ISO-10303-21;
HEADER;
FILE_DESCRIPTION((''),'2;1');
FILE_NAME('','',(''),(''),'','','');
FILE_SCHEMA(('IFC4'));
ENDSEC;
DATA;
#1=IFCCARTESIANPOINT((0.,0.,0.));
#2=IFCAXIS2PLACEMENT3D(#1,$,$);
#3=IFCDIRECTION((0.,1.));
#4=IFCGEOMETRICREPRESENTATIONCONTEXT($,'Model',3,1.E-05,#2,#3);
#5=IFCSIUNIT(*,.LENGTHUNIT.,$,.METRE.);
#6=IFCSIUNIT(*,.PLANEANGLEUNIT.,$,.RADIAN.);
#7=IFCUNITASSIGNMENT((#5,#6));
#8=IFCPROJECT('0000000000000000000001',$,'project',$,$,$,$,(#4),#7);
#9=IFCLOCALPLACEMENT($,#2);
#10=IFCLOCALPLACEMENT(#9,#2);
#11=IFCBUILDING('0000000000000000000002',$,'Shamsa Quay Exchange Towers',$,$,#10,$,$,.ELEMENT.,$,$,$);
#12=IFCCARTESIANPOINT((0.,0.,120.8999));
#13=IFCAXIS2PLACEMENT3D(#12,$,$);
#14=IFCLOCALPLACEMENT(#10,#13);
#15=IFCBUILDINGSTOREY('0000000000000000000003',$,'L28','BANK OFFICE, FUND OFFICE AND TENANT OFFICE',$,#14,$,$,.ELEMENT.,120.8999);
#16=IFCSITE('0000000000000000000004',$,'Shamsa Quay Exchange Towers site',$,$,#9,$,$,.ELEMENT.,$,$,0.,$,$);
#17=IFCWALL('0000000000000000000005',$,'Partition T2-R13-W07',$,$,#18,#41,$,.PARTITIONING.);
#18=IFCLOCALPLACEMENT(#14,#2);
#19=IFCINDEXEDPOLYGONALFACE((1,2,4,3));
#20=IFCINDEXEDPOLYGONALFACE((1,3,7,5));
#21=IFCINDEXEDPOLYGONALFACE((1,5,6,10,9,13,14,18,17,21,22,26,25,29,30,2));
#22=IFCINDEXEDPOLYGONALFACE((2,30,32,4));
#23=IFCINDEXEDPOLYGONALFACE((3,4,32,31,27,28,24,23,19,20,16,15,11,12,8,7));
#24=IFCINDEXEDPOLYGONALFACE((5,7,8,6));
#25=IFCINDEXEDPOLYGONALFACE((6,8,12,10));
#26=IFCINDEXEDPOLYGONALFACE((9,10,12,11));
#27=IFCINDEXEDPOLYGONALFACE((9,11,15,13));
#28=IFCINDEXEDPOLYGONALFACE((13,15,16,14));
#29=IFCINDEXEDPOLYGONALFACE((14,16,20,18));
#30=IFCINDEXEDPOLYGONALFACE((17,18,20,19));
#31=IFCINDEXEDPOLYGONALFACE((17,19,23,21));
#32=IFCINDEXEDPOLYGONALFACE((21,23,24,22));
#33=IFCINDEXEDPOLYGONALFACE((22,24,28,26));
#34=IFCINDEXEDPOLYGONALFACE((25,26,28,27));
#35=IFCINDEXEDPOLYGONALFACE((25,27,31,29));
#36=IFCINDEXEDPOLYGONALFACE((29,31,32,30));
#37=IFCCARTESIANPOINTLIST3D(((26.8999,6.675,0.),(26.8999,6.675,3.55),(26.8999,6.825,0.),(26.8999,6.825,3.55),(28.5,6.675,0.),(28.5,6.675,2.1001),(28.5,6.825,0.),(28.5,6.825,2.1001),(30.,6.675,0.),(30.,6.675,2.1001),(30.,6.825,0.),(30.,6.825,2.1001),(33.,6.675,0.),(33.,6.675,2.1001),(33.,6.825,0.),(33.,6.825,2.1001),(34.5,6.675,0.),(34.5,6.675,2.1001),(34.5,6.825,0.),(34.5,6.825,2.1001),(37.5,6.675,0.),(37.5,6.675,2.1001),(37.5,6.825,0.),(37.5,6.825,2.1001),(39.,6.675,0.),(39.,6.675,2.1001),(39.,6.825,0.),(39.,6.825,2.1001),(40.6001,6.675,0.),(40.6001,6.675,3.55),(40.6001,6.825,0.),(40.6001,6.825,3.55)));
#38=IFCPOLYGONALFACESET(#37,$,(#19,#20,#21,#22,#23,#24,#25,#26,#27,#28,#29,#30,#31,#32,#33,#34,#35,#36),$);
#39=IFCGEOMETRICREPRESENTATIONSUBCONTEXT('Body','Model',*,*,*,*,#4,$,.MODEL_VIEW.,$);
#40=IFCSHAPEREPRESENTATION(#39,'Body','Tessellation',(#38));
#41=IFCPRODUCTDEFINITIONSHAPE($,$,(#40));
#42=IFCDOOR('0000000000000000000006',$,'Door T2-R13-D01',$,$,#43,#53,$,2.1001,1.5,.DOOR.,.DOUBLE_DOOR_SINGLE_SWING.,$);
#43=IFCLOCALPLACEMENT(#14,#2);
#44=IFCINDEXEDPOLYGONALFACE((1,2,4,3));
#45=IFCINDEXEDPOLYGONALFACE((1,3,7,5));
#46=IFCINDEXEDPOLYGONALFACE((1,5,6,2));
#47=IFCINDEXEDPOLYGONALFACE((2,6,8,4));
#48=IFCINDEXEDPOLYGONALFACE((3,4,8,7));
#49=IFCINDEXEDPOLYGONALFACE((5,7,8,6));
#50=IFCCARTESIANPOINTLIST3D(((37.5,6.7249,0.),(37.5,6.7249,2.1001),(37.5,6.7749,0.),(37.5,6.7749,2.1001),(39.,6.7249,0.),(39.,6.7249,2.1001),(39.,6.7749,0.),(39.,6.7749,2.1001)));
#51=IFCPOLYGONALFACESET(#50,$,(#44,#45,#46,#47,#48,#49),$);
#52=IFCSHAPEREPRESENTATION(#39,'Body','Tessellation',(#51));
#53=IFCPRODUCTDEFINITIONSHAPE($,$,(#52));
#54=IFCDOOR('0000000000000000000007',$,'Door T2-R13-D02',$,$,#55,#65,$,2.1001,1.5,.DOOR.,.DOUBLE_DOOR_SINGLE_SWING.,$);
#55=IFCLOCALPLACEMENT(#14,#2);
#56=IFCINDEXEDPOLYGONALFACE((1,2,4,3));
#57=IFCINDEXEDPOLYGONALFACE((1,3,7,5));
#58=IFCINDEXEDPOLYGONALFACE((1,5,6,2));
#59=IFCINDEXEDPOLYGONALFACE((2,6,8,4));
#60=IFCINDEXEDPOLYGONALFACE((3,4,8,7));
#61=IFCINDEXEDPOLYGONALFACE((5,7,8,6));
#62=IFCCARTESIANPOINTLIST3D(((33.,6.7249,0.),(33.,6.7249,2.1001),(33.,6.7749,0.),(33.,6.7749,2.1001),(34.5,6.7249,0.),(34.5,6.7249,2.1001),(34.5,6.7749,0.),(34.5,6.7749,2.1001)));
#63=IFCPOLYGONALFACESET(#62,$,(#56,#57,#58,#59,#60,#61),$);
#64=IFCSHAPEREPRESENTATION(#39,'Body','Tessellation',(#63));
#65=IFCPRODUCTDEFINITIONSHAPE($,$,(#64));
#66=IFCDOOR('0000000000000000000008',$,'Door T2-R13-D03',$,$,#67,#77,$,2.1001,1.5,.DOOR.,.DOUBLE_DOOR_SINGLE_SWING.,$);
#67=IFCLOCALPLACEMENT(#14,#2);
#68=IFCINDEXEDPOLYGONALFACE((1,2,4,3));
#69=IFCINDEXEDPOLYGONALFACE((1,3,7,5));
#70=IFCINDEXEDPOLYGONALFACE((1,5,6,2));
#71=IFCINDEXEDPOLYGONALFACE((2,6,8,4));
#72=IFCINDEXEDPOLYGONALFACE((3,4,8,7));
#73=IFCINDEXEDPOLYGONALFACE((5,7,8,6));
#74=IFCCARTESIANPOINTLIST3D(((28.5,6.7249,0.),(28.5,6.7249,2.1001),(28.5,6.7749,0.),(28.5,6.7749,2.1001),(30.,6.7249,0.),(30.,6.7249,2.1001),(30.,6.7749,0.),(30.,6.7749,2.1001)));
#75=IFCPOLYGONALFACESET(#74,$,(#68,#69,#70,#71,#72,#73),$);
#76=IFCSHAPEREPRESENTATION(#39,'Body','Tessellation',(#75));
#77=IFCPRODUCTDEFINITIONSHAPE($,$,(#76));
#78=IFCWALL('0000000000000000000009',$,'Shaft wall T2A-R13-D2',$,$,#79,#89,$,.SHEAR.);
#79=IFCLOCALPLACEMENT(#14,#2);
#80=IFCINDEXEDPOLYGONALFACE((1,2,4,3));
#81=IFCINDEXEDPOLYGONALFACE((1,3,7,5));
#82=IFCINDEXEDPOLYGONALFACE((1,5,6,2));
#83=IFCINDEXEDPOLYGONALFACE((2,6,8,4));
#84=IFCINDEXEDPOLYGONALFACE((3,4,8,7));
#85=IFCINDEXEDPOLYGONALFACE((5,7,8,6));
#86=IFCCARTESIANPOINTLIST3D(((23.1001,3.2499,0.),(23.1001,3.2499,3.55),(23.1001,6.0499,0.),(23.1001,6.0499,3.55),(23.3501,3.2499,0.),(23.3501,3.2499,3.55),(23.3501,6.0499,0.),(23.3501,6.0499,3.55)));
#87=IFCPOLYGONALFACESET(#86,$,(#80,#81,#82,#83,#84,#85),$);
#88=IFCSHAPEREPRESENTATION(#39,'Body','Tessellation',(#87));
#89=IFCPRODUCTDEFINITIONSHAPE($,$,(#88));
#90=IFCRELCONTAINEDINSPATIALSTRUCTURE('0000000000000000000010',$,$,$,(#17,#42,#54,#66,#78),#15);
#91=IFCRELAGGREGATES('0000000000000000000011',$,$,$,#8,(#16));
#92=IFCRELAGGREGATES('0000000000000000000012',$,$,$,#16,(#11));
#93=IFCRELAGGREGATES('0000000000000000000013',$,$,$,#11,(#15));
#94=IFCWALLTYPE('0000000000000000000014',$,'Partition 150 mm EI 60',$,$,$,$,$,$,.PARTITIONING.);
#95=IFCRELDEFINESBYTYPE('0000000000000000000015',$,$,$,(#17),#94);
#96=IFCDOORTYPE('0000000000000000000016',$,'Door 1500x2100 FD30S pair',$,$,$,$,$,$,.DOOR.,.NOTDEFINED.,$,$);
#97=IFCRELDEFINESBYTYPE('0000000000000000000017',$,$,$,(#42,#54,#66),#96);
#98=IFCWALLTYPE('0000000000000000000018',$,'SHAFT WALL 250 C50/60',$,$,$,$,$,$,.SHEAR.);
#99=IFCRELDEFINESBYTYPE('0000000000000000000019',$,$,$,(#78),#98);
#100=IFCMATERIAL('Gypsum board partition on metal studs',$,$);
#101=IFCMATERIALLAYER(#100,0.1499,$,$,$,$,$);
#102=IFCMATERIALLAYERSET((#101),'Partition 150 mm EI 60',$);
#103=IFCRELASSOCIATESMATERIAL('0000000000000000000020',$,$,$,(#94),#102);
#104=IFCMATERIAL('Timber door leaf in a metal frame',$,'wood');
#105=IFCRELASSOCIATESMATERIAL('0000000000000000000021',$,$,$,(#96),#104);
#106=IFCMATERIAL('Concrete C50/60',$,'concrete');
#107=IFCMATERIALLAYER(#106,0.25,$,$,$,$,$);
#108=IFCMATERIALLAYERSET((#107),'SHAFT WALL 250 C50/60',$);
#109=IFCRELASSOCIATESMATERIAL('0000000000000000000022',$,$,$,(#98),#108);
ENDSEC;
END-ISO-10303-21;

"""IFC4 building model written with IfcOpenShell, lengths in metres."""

from ifc_helpers import new_model, si_unit, direction, frame, frame_2d, origin, place, context, subcontext, project, spatial, rectangle, extrude, material, layer, layer_set, type_object, element, fill, save


model = new_model("IFC4")

# Units and contexts
model_context = context("Model", 3, precision=1e-05, world=origin(), true_north=direction((0.0, 1.0)))
body_context = subcontext(model_context, "Body", "Model", "MODEL_VIEW")
ifc_project = project(units=[si_unit("LENGTHUNIT", "METRE"), si_unit("PLANEANGLEUNIT", "RADIAN")], contexts=[model_context])

# Site, building, storey
site_placement = place(None, origin())
site = spatial("IfcSite", under=ifc_project, at=site_placement, Name="Shamsa Quay Exchange Towers site", CompositionType="ELEMENT", RefElevation=0.0)
building_placement = place(site_placement, origin())
building = spatial("IfcBuilding", under=site, at=building_placement, Name="Shamsa Quay Exchange Towers", CompositionType="ELEMENT")
storey_placement = place(building_placement, frame((0.0, 0.0, 120.8999)))
storey = spatial("IfcBuildingStorey", under=building, at=storey_placement, Name="L28", Description="BANK OFFICE, FUND OFFICE AND TENANT OFFICE", CompositionType="ELEMENT", Elevation=120.8999)

# Wall, openings, doors
ifc_material_1 = material(Name="Gypsum board partition on metal studs")
ifc_layer_1 = layer(ifc_material_1, 0.1499)
ifc_layer_set_1 = layer_set([ifc_layer_1], Name="Partition 150 mm EI 60")
wall_type_1 = type_object("IfcWallType", Name="Partition 150 mm EI 60", PredefinedType="PARTITIONING", material=ifc_layer_set_1)
wall_1_placement = place(storey_placement, frame((26.8999, 6.75, 0.0)))
wall_1 = element("IfcWall", 1, at=wall_1_placement, inside=storey, type_object=wall_type_1, Name="Partition T2-R13-W07", PredefinedType="PARTITIONING", context=body_context, shape_type="SweptSolid", body=[
    extrude(rectangle(XDim=13.7002, YDim=0.1499, at=frame_2d((6.8501, 0.0))), origin(), (0.0, 0.0, 1.0), 3.55),
])
opening_1_placement = place(wall_1_placement, frame((10.6001, 0.0, 0.0)))
opening_1 = element("IfcOpeningElement", 2, at=opening_1_placement, cuts=wall_1, PredefinedType="OPENING", context=body_context, shape_type="SweptSolid", body=[
    extrude(rectangle(XDim=1.5, YDim=2.1001, at=frame_2d((0.75, 1.05))), frame((0.0, 0.085, 0.0), z_axis=(0.0, -1.0, 0.0), x_axis=(1.0, 0.0, 0.0)), (0.0, 0.0, 1.0), 0.1699),
])
opening_2_placement = place(wall_1_placement, frame((6.1001, 0.0, 0.0)))
opening_2 = element("IfcOpeningElement", 3, at=opening_2_placement, cuts=wall_1, PredefinedType="OPENING", context=body_context, shape_type="SweptSolid", body=[
    extrude(rectangle(XDim=1.5, YDim=2.1001, at=frame_2d((0.75, 1.05))), frame((0.0, 0.085, 0.0), z_axis=(0.0, -1.0, 0.0), x_axis=(1.0, 0.0, 0.0)), (0.0, 0.0, 1.0), 0.1699),
])
opening_3_placement = place(wall_1_placement, frame((1.6001, 0.0, 0.0)))
opening_3 = element("IfcOpeningElement", 4, at=opening_3_placement, cuts=wall_1, PredefinedType="OPENING", context=body_context, shape_type="SweptSolid", body=[
    extrude(rectangle(XDim=1.5, YDim=2.1001, at=frame_2d((0.75, 1.05))), frame((0.0, 0.085, 0.0), z_axis=(0.0, -1.0, 0.0), x_axis=(1.0, 0.0, 0.0)), (0.0, 0.0, 1.0), 0.1699),
])
ifc_material_2 = material(Name="Timber door leaf in a metal frame", Category="wood")
door_type_1 = type_object("IfcDoorType", Name="Door 1500x2100 FD30S pair", OperationType="NOTDEFINED", PredefinedType="DOOR", material=ifc_material_2)
door_1_placement = place(opening_1_placement, origin())
door_1 = element("IfcDoor", 5, at=door_1_placement, inside=storey, type_object=door_type_1, Name="Door T2-R13-D01", OperationType="DOUBLE_DOOR_SINGLE_SWING", OverallHeight=2.1001, OverallWidth=1.5, PredefinedType="DOOR", context=body_context, shape_type="SweptSolid", body=[
    extrude(rectangle(XDim=1.5, YDim=2.1001, at=frame_2d((0.75, 1.05))), frame((0.0, 0.0249, 0.0), z_axis=(0.0, -1.0, 0.0), x_axis=(1.0, 0.0, 0.0)), (0.0, 0.0, 1.0), 0.05),
])
fill(opening_1, door_1)
door_2_placement = place(opening_2_placement, origin())
door_2 = element("IfcDoor", 6, at=door_2_placement, inside=storey, type_object=door_type_1, Name="Door T2-R13-D02", OperationType="DOUBLE_DOOR_SINGLE_SWING", OverallHeight=2.1001, OverallWidth=1.5, PredefinedType="DOOR", context=body_context, shape_type="SweptSolid", body=[
    extrude(rectangle(XDim=1.5, YDim=2.1001, at=frame_2d((0.75, 1.05))), frame((0.0, 0.0249, 0.0), z_axis=(0.0, -1.0, 0.0), x_axis=(1.0, 0.0, 0.0)), (0.0, 0.0, 1.0), 0.05),
])
fill(opening_2, door_2)
door_3_placement = place(opening_3_placement, origin())
door_3 = element("IfcDoor", 7, at=door_3_placement, inside=storey, type_object=door_type_1, Name="Door T2-R13-D03", OperationType="DOUBLE_DOOR_SINGLE_SWING", OverallHeight=2.1001, OverallWidth=1.5, PredefinedType="DOOR", context=body_context, shape_type="SweptSolid", body=[
    extrude(rectangle(XDim=1.5, YDim=2.1001, at=frame_2d((0.75, 1.05))), frame((0.0, 0.0249, 0.0), z_axis=(0.0, -1.0, 0.0), x_axis=(1.0, 0.0, 0.0)), (0.0, 0.0, 1.0), 0.05),
])
fill(opening_3, door_3)

# Wall
ifc_material_3 = material(Name="Concrete C50/60", Category="concrete")
ifc_layer_2 = layer(ifc_material_3, 0.25)
ifc_layer_set_2 = layer_set([ifc_layer_2], Name="SHAFT WALL 250 C50/60")
wall_type_2 = type_object("IfcWallType", Name="SHAFT WALL 250 C50/60", PredefinedType="SHEAR", material=ifc_layer_set_2)
wall_2_placement = place(storey_placement, frame((23.2251, 3.25, 0.0), z_axis=(0.0, 0.0, 1.0), x_axis=(0.0, 1.0, 0.0)))
element("IfcWall", 8, at=wall_2_placement, inside=storey, type_object=wall_type_2, Name="Shaft wall T2A-R13-D2", PredefinedType="SHEAR", context=body_context, shape_type="SweptSolid", body=[
    extrude(rectangle(XDim=2.8, YDim=0.25, at=frame_2d((1.3999, 0.0))), origin(), (0.0, 0.0, 1.0), 3.55),
])

save(model, "model.ifc")
